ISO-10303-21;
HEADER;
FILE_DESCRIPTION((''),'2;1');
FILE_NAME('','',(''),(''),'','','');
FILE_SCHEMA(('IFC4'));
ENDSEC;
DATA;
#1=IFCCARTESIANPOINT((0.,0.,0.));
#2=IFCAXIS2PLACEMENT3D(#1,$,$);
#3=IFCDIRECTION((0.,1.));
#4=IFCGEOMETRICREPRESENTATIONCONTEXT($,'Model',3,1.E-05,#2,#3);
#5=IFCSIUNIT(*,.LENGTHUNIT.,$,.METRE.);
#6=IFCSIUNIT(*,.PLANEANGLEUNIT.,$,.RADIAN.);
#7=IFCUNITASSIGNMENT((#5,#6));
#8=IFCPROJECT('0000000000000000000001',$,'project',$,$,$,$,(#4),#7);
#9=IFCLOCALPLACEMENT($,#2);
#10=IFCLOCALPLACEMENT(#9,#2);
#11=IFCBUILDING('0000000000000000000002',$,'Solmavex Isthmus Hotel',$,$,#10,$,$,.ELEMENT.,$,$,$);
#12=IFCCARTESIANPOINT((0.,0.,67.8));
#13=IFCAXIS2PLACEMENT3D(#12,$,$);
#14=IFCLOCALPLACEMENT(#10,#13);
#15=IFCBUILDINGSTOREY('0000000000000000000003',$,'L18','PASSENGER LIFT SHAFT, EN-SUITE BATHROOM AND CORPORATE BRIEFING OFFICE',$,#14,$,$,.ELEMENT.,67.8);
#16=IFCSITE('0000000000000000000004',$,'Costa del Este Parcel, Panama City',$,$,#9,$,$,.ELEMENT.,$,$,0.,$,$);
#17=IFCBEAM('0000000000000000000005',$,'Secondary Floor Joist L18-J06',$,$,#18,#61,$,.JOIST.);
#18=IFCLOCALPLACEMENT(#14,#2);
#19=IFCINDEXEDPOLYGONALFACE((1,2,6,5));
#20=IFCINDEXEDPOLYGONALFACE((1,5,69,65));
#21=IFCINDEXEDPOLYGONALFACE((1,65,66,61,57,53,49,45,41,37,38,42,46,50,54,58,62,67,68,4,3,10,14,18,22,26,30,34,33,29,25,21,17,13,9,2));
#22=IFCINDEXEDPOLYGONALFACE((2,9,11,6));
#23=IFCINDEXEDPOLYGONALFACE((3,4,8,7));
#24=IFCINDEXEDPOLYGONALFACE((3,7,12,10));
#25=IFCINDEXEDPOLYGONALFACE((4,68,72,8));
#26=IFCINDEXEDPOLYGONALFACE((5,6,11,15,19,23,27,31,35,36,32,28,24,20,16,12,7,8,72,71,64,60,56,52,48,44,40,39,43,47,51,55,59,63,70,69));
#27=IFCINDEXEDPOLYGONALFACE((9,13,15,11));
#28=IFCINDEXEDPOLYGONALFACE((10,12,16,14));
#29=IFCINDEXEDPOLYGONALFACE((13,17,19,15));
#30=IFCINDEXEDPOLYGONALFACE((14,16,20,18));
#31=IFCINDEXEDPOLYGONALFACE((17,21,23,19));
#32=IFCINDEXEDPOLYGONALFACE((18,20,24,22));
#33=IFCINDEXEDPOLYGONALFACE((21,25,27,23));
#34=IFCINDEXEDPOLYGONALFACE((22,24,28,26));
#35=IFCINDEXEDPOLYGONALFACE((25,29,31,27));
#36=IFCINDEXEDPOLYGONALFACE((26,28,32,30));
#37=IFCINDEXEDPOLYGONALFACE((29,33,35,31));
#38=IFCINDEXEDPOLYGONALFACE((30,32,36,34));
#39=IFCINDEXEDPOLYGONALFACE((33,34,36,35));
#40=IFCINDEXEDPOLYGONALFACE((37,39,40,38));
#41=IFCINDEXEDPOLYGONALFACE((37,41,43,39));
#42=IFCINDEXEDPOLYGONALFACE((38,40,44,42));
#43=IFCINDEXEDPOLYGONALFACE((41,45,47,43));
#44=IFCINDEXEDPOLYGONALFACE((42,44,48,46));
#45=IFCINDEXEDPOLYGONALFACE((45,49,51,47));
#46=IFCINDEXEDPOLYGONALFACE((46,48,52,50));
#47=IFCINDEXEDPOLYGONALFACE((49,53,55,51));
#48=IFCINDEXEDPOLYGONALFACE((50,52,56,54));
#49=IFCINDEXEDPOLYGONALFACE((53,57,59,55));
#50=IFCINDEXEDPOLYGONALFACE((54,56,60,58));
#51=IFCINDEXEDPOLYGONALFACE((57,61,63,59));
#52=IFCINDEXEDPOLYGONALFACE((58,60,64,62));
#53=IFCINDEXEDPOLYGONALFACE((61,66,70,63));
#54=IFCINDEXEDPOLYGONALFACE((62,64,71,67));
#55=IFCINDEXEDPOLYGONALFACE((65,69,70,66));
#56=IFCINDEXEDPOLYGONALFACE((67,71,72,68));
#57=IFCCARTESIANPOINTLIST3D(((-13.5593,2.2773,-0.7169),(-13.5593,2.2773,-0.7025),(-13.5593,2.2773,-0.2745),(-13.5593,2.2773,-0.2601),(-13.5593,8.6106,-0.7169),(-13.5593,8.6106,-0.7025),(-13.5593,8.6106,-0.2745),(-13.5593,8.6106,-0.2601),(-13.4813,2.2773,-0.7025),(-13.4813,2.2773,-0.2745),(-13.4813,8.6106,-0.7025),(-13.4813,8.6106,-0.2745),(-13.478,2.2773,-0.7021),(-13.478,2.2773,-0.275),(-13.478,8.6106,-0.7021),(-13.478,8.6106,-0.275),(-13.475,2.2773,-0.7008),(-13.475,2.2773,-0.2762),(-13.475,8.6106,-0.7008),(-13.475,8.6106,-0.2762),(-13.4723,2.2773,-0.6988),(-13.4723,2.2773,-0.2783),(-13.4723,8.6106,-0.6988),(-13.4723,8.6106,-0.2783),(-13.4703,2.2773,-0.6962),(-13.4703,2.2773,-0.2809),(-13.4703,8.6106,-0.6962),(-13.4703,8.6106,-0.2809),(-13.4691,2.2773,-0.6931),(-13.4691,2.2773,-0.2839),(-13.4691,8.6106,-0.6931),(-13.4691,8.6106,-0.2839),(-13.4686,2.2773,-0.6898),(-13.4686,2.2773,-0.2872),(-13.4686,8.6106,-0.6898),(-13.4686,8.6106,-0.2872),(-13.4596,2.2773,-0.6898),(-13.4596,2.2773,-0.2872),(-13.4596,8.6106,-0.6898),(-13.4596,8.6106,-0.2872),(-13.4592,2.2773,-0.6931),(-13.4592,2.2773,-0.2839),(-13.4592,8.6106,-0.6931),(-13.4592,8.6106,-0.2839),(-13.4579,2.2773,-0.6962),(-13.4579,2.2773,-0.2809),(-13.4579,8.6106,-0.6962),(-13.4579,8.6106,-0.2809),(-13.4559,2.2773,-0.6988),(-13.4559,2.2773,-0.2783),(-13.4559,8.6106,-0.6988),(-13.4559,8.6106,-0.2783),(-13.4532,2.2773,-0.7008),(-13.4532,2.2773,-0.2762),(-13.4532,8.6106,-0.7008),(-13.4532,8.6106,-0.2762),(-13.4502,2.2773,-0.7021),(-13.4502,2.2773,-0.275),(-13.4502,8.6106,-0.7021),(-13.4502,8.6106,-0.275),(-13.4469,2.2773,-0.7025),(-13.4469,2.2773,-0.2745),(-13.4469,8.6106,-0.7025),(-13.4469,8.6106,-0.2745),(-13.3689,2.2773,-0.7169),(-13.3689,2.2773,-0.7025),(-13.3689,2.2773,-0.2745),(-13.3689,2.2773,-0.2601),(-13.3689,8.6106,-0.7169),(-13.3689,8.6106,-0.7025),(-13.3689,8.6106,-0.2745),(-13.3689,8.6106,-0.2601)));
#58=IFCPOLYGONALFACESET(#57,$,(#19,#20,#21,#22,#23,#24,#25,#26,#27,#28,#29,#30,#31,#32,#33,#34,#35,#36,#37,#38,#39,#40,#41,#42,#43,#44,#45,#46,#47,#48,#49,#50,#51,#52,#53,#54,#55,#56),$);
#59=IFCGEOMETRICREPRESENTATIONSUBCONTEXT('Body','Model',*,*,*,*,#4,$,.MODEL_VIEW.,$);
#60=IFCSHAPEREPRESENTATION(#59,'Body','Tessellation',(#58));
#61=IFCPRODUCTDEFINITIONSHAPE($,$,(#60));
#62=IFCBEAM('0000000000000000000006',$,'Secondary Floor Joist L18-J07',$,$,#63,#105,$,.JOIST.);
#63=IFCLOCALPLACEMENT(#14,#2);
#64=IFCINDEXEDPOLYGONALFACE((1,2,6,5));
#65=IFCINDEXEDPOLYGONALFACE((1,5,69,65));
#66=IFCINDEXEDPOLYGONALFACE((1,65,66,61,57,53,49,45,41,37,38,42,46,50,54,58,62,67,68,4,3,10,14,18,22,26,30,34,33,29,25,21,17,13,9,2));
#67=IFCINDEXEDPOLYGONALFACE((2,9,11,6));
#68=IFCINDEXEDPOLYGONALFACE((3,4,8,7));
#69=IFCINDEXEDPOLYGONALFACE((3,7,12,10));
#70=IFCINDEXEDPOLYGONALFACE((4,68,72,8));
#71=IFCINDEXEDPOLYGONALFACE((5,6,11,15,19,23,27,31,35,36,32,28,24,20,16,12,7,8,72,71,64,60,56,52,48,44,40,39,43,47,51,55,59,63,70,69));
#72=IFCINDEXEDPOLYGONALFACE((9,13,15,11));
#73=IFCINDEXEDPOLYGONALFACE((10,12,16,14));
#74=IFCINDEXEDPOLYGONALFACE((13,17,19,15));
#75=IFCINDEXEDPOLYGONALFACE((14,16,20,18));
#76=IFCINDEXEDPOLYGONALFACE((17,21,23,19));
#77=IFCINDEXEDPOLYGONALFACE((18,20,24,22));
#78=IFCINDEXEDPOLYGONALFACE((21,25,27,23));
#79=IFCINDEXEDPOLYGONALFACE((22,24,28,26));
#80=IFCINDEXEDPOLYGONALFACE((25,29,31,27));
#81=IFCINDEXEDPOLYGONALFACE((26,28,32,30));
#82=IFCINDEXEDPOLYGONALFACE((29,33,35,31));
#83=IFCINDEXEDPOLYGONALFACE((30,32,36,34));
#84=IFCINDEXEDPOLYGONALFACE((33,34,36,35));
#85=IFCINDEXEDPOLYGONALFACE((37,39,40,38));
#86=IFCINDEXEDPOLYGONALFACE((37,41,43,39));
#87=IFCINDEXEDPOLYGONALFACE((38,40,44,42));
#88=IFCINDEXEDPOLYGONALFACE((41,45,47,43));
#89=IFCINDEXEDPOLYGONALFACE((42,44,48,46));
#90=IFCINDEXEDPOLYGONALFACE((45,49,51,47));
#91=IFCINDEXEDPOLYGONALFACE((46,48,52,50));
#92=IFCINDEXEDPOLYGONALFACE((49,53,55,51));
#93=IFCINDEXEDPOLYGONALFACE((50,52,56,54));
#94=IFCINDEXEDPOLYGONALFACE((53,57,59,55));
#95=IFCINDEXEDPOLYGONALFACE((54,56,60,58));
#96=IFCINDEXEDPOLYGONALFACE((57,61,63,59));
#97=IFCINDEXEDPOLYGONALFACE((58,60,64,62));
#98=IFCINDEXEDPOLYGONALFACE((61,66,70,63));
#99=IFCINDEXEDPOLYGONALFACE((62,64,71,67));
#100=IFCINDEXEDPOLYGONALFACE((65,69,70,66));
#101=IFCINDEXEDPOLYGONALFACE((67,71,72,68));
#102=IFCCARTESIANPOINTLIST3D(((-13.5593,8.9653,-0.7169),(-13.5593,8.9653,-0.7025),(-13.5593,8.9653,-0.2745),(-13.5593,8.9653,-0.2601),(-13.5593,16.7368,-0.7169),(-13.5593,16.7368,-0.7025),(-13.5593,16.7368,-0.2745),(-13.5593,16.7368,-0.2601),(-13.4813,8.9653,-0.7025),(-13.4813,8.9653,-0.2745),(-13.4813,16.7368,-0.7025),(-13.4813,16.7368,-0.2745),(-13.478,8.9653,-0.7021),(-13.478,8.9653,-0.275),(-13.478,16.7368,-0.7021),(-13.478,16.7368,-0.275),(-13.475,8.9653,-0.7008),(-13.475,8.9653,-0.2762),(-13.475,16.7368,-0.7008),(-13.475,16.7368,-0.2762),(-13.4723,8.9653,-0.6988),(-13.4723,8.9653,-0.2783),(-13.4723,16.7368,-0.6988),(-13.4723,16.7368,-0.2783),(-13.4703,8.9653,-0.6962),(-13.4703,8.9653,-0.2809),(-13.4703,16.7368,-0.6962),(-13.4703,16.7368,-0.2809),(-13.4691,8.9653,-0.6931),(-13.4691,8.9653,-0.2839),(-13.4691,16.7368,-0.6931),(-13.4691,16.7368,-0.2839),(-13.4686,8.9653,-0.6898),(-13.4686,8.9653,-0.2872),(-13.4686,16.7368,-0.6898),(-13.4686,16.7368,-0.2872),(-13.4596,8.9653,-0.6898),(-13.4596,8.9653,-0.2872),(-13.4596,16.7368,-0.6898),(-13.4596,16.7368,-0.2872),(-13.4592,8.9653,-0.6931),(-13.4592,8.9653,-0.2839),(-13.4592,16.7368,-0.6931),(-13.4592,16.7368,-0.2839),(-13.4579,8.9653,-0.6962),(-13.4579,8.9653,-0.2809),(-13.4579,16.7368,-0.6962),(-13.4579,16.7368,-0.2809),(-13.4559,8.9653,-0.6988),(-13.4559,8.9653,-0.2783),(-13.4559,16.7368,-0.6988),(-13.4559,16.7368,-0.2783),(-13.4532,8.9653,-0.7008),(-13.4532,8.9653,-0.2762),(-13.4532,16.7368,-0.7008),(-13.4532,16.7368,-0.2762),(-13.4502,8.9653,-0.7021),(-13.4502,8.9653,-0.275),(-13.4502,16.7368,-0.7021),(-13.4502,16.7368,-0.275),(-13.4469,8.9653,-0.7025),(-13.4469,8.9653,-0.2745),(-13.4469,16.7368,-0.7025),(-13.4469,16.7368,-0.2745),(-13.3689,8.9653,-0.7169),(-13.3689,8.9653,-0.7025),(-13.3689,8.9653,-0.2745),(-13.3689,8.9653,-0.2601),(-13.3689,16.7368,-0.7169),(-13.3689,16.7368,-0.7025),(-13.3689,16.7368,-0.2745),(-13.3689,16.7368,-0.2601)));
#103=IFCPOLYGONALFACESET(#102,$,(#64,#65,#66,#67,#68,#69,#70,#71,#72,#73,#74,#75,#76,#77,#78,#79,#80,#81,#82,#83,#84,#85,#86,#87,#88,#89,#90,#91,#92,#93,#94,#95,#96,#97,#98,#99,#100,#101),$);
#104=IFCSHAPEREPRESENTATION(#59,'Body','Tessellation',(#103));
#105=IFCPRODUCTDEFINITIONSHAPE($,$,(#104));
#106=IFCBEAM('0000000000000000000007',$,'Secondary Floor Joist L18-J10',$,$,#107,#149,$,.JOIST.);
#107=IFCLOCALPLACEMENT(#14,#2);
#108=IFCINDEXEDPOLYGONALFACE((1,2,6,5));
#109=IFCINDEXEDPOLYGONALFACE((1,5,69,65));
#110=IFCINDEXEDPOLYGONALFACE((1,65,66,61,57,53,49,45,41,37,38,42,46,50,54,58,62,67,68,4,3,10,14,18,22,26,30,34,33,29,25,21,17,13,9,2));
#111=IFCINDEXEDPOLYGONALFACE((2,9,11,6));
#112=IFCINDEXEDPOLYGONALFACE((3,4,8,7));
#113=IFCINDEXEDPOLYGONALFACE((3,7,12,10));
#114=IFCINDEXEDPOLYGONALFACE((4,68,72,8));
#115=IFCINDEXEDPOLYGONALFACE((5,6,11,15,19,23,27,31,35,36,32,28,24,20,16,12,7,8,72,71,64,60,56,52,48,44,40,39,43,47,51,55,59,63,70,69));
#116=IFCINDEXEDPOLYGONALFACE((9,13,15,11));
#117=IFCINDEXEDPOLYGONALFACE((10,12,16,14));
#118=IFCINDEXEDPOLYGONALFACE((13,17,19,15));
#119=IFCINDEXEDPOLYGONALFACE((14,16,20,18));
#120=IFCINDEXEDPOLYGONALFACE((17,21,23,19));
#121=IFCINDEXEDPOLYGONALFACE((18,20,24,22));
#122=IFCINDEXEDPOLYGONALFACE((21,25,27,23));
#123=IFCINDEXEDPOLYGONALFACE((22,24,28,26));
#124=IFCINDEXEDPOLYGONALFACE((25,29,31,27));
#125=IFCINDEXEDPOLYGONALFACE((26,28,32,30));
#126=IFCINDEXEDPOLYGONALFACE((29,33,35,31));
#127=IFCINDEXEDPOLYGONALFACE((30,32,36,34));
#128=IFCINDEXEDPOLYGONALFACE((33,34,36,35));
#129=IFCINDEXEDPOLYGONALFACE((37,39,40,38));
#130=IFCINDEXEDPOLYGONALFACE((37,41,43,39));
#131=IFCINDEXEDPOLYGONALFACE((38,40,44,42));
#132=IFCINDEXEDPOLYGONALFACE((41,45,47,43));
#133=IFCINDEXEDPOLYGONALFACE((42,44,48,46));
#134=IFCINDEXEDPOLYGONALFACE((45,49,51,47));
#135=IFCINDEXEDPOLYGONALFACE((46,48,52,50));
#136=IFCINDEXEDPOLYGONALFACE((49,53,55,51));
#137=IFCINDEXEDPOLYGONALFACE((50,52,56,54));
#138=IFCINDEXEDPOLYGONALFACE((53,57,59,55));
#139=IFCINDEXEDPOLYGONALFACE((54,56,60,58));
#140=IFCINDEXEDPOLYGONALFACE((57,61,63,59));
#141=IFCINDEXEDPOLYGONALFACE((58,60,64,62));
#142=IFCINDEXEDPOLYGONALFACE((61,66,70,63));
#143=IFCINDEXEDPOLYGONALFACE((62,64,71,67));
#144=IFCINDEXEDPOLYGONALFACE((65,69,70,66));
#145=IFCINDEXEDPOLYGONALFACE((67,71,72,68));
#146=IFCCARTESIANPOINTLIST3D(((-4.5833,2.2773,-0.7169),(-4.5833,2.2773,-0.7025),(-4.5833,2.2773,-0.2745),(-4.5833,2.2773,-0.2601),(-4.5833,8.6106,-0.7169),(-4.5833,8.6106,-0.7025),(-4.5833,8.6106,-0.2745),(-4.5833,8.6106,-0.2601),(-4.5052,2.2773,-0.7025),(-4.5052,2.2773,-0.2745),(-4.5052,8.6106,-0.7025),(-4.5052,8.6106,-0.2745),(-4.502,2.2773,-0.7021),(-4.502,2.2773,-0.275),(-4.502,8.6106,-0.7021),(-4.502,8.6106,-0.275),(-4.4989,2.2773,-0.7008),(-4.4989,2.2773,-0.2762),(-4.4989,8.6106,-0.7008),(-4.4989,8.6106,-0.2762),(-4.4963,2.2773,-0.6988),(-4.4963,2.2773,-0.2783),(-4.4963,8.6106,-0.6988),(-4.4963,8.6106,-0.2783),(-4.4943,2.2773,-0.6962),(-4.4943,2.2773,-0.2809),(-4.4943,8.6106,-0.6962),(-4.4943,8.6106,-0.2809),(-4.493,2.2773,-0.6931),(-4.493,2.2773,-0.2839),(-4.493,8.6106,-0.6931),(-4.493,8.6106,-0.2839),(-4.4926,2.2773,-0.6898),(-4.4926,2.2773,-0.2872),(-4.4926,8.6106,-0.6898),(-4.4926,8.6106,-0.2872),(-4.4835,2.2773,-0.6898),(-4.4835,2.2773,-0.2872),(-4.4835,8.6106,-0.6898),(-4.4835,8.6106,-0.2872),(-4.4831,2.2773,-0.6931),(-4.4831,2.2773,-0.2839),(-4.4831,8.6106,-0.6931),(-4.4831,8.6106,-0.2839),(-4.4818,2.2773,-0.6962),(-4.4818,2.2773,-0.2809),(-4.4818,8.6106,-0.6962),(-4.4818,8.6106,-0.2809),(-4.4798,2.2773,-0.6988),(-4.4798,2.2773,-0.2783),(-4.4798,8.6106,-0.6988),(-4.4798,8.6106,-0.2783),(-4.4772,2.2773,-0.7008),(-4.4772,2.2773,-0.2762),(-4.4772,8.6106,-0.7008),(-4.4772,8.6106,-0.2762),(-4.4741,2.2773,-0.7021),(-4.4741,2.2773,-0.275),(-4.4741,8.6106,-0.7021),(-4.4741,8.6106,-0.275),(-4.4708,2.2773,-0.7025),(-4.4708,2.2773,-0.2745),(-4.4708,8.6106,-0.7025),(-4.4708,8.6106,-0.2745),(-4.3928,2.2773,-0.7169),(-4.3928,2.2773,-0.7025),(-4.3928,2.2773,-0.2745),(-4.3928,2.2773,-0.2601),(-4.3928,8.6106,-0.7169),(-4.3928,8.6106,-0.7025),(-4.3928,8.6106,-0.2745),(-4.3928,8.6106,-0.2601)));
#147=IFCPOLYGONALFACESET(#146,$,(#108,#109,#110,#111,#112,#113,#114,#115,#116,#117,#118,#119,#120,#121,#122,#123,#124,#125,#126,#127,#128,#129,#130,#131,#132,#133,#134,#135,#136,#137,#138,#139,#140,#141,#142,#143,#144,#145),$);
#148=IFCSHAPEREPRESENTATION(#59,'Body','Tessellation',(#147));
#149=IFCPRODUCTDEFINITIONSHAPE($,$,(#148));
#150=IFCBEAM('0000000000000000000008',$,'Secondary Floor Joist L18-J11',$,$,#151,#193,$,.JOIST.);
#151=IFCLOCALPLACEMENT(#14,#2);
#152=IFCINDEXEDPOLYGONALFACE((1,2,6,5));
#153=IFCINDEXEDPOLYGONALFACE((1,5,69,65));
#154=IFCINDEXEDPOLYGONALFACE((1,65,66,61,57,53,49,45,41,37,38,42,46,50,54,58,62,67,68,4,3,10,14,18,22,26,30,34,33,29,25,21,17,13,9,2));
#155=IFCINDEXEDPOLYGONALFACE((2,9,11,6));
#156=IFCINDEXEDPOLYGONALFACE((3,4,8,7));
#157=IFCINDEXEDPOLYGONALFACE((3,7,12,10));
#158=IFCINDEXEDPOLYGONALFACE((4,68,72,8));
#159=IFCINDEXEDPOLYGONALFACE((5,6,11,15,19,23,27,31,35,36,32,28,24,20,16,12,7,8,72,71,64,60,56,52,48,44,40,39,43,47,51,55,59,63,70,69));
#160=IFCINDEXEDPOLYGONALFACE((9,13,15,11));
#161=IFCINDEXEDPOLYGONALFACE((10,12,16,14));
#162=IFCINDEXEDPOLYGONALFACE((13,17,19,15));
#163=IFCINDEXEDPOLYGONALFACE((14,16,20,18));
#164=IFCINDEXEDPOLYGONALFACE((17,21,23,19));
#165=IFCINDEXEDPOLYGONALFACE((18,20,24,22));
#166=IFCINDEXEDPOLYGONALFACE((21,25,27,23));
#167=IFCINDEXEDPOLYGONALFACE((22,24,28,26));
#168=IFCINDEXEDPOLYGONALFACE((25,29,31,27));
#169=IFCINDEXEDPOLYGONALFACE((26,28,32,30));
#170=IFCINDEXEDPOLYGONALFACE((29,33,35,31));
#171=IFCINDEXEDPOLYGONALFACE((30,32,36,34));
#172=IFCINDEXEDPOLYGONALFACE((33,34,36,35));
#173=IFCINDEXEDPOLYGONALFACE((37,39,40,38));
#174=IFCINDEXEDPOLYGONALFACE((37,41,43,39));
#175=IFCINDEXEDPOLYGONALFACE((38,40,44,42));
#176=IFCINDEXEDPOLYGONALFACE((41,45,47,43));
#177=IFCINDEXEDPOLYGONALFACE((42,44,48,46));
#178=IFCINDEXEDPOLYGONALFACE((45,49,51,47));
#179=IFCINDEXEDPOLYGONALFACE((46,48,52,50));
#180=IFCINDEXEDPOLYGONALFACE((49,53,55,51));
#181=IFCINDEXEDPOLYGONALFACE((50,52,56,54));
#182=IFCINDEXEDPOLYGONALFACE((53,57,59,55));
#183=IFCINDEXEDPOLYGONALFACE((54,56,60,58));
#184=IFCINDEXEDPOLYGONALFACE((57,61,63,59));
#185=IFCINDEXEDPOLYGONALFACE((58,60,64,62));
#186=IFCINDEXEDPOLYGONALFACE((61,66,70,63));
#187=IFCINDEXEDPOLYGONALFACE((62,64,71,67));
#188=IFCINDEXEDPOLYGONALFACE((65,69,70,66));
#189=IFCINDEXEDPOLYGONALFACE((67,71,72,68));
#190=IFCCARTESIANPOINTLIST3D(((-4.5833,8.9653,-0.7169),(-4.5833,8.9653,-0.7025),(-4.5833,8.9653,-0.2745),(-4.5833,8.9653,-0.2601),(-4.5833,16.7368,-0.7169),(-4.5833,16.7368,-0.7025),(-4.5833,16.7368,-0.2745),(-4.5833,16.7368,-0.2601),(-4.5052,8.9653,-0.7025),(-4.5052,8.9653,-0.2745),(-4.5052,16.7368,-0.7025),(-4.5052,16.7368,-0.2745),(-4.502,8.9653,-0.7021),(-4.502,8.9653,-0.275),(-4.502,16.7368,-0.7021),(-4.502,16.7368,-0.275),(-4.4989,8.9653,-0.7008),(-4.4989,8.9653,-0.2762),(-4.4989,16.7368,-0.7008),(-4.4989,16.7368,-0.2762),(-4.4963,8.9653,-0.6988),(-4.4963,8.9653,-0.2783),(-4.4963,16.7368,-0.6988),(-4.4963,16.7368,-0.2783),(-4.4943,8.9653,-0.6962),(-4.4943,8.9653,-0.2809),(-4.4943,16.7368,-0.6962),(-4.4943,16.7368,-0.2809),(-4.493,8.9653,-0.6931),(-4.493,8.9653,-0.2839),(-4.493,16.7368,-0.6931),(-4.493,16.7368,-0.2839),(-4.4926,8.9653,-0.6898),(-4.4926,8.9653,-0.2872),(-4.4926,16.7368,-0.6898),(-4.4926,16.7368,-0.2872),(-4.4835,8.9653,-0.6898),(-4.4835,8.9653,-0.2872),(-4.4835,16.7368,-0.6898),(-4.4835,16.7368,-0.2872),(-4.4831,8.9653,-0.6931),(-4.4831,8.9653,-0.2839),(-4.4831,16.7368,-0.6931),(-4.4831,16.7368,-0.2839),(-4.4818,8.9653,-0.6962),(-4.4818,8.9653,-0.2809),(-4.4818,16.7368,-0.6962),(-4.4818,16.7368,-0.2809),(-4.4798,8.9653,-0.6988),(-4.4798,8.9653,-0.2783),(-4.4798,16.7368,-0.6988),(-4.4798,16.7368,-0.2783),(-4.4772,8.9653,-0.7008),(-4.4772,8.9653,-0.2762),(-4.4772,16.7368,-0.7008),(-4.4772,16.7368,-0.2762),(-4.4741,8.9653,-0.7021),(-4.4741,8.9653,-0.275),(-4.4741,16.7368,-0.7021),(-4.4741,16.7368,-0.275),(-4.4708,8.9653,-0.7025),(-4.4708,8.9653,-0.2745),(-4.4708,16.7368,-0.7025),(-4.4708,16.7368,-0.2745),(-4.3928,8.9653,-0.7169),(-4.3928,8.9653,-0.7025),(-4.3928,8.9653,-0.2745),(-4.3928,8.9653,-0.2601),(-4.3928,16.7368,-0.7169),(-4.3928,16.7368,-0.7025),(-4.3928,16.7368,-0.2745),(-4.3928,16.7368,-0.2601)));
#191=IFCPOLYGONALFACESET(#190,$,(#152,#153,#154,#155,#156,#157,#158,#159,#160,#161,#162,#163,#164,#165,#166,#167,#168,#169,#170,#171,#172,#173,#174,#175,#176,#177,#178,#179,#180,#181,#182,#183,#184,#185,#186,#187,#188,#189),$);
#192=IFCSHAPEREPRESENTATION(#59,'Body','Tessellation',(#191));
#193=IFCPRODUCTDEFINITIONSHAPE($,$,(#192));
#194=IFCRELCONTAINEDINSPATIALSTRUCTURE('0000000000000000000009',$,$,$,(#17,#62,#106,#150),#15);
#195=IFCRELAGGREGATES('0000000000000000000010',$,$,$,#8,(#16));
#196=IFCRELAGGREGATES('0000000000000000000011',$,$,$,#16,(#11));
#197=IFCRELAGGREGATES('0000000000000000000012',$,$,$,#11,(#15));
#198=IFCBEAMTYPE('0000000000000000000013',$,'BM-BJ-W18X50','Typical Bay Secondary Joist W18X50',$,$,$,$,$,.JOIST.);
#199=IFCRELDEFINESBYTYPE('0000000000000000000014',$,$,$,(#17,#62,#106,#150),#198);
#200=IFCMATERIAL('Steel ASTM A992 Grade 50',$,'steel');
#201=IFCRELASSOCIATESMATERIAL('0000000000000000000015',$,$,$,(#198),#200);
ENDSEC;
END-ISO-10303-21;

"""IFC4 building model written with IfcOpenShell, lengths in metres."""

from ifc_helpers import new_model, si_unit, direction, frame, origin, origin_2d, place, context, subcontext, project, spatial, i_section, extrude, material, material_profile, profile_set, type_object, element, save


model = new_model("IFC4")

# Units and contexts
model_context = context("Model", 3, precision=1e-05, world=origin(), true_north=direction((0.0, 1.0)))
body_context = subcontext(model_context, "Body", "Model", "MODEL_VIEW")
ifc_project = project(units=[si_unit("LENGTHUNIT", "METRE"), si_unit("PLANEANGLEUNIT", "RADIAN")], contexts=[model_context])

# Site, building, storey
site_placement = place(None, origin())
site = spatial("IfcSite", under=ifc_project, at=site_placement, Name="Costa del Este Parcel, Panama City", CompositionType="ELEMENT", RefElevation=0.0)
building_placement = place(site_placement, origin())
building = spatial("IfcBuilding", under=site, at=building_placement, Name="Solmavex Isthmus Hotel", CompositionType="ELEMENT")
storey_placement = place(building_placement, frame((0.0, 0.0, 67.8)))
storey = spatial("IfcBuildingStorey", under=building, at=storey_placement, Name="L18", Description="PASSENGER LIFT SHAFT, EN-SUITE BATHROOM AND CORPORATE BRIEFING OFFICE", CompositionType="ELEMENT", Elevation=67.8)

# Beams
ifc_material_1 = material(Name="Steel ASTM A992 Grade 50", Category="steel")
ifc_material_profile_1 = material_profile(ifc_material_1, i_section(OverallWidth=0.1904, OverallDepth=0.4568, WebThickness=0.009, FlangeThickness=0.0144, FilletRadius=0.0127, at=origin_2d()), Name="W18X50")
ifc_profile_set_1 = profile_set([ifc_material_profile_1], Name="Steel ASTM A992 Grade 50")
beam_type_1 = type_object("IfcBeamType", Name="BM-BJ-W18X50", Description="Typical Bay Secondary Joist W18X50", PredefinedType="JOIST", material=ifc_profile_set_1)
beam_1_placement = place(storey_placement, frame((-13.4641, 2.2773, -0.4885), z_axis=(0.0, 1.0, 0.0), x_axis=(-1.0, 0.0, 0.0)))
element("IfcBeam", 1, at=beam_1_placement, inside=storey, type_object=beam_type_1, Name="Secondary Floor Joist L18-J06", PredefinedType="JOIST", context=body_context, shape_type="SweptSolid", body=[
    extrude(i_section(OverallWidth=0.1904, OverallDepth=0.4568, WebThickness=0.009, FlangeThickness=0.0144, FilletRadius=0.0127, at=origin_2d()), origin(), (0.0, 0.0, 1.0), 6.3333),
])
beam_2_placement = place(storey_placement, frame((-13.4641, 8.9653, -0.4885), z_axis=(0.0, 1.0, 0.0), x_axis=(-1.0, 0.0, 0.0)))
element("IfcBeam", 2, at=beam_2_placement, inside=storey, type_object=beam_type_1, Name="Secondary Floor Joist L18-J07", PredefinedType="JOIST", context=body_context, shape_type="SweptSolid", body=[
    extrude(i_section(OverallWidth=0.1904, OverallDepth=0.4568, WebThickness=0.009, FlangeThickness=0.0144, FilletRadius=0.0127, at=origin_2d()), origin(), (0.0, 0.0, 1.0), 7.7715),
])
beam_3_placement = place(storey_placement, frame((-4.488, 2.2773, -0.4885), z_axis=(0.0, 1.0, 0.0), x_axis=(-1.0, 0.0, 0.0)))
element("IfcBeam", 3, at=beam_3_placement, inside=storey, type_object=beam_type_1, Name="Secondary Floor Joist L18-J10", PredefinedType="JOIST", context=body_context, shape_type="SweptSolid", body=[
    extrude(i_section(OverallWidth=0.1904, OverallDepth=0.4568, WebThickness=0.009, FlangeThickness=0.0144, FilletRadius=0.0127, at=origin_2d()), origin(), (0.0, 0.0, 1.0), 6.3333),
])
beam_4_placement = place(storey_placement, frame((-4.488, 8.9653, -0.4885), z_axis=(0.0, 1.0, 0.0), x_axis=(-1.0, 0.0, 0.0)))
element("IfcBeam", 4, at=beam_4_placement, inside=storey, type_object=beam_type_1, Name="Secondary Floor Joist L18-J11", PredefinedType="JOIST", context=body_context, shape_type="SweptSolid", body=[
    extrude(i_section(OverallWidth=0.1904, OverallDepth=0.4568, WebThickness=0.009, FlangeThickness=0.0144, FilletRadius=0.0127, at=origin_2d()), origin(), (0.0, 0.0, 1.0), 7.7715),
])

save(model, "model.ifc")
